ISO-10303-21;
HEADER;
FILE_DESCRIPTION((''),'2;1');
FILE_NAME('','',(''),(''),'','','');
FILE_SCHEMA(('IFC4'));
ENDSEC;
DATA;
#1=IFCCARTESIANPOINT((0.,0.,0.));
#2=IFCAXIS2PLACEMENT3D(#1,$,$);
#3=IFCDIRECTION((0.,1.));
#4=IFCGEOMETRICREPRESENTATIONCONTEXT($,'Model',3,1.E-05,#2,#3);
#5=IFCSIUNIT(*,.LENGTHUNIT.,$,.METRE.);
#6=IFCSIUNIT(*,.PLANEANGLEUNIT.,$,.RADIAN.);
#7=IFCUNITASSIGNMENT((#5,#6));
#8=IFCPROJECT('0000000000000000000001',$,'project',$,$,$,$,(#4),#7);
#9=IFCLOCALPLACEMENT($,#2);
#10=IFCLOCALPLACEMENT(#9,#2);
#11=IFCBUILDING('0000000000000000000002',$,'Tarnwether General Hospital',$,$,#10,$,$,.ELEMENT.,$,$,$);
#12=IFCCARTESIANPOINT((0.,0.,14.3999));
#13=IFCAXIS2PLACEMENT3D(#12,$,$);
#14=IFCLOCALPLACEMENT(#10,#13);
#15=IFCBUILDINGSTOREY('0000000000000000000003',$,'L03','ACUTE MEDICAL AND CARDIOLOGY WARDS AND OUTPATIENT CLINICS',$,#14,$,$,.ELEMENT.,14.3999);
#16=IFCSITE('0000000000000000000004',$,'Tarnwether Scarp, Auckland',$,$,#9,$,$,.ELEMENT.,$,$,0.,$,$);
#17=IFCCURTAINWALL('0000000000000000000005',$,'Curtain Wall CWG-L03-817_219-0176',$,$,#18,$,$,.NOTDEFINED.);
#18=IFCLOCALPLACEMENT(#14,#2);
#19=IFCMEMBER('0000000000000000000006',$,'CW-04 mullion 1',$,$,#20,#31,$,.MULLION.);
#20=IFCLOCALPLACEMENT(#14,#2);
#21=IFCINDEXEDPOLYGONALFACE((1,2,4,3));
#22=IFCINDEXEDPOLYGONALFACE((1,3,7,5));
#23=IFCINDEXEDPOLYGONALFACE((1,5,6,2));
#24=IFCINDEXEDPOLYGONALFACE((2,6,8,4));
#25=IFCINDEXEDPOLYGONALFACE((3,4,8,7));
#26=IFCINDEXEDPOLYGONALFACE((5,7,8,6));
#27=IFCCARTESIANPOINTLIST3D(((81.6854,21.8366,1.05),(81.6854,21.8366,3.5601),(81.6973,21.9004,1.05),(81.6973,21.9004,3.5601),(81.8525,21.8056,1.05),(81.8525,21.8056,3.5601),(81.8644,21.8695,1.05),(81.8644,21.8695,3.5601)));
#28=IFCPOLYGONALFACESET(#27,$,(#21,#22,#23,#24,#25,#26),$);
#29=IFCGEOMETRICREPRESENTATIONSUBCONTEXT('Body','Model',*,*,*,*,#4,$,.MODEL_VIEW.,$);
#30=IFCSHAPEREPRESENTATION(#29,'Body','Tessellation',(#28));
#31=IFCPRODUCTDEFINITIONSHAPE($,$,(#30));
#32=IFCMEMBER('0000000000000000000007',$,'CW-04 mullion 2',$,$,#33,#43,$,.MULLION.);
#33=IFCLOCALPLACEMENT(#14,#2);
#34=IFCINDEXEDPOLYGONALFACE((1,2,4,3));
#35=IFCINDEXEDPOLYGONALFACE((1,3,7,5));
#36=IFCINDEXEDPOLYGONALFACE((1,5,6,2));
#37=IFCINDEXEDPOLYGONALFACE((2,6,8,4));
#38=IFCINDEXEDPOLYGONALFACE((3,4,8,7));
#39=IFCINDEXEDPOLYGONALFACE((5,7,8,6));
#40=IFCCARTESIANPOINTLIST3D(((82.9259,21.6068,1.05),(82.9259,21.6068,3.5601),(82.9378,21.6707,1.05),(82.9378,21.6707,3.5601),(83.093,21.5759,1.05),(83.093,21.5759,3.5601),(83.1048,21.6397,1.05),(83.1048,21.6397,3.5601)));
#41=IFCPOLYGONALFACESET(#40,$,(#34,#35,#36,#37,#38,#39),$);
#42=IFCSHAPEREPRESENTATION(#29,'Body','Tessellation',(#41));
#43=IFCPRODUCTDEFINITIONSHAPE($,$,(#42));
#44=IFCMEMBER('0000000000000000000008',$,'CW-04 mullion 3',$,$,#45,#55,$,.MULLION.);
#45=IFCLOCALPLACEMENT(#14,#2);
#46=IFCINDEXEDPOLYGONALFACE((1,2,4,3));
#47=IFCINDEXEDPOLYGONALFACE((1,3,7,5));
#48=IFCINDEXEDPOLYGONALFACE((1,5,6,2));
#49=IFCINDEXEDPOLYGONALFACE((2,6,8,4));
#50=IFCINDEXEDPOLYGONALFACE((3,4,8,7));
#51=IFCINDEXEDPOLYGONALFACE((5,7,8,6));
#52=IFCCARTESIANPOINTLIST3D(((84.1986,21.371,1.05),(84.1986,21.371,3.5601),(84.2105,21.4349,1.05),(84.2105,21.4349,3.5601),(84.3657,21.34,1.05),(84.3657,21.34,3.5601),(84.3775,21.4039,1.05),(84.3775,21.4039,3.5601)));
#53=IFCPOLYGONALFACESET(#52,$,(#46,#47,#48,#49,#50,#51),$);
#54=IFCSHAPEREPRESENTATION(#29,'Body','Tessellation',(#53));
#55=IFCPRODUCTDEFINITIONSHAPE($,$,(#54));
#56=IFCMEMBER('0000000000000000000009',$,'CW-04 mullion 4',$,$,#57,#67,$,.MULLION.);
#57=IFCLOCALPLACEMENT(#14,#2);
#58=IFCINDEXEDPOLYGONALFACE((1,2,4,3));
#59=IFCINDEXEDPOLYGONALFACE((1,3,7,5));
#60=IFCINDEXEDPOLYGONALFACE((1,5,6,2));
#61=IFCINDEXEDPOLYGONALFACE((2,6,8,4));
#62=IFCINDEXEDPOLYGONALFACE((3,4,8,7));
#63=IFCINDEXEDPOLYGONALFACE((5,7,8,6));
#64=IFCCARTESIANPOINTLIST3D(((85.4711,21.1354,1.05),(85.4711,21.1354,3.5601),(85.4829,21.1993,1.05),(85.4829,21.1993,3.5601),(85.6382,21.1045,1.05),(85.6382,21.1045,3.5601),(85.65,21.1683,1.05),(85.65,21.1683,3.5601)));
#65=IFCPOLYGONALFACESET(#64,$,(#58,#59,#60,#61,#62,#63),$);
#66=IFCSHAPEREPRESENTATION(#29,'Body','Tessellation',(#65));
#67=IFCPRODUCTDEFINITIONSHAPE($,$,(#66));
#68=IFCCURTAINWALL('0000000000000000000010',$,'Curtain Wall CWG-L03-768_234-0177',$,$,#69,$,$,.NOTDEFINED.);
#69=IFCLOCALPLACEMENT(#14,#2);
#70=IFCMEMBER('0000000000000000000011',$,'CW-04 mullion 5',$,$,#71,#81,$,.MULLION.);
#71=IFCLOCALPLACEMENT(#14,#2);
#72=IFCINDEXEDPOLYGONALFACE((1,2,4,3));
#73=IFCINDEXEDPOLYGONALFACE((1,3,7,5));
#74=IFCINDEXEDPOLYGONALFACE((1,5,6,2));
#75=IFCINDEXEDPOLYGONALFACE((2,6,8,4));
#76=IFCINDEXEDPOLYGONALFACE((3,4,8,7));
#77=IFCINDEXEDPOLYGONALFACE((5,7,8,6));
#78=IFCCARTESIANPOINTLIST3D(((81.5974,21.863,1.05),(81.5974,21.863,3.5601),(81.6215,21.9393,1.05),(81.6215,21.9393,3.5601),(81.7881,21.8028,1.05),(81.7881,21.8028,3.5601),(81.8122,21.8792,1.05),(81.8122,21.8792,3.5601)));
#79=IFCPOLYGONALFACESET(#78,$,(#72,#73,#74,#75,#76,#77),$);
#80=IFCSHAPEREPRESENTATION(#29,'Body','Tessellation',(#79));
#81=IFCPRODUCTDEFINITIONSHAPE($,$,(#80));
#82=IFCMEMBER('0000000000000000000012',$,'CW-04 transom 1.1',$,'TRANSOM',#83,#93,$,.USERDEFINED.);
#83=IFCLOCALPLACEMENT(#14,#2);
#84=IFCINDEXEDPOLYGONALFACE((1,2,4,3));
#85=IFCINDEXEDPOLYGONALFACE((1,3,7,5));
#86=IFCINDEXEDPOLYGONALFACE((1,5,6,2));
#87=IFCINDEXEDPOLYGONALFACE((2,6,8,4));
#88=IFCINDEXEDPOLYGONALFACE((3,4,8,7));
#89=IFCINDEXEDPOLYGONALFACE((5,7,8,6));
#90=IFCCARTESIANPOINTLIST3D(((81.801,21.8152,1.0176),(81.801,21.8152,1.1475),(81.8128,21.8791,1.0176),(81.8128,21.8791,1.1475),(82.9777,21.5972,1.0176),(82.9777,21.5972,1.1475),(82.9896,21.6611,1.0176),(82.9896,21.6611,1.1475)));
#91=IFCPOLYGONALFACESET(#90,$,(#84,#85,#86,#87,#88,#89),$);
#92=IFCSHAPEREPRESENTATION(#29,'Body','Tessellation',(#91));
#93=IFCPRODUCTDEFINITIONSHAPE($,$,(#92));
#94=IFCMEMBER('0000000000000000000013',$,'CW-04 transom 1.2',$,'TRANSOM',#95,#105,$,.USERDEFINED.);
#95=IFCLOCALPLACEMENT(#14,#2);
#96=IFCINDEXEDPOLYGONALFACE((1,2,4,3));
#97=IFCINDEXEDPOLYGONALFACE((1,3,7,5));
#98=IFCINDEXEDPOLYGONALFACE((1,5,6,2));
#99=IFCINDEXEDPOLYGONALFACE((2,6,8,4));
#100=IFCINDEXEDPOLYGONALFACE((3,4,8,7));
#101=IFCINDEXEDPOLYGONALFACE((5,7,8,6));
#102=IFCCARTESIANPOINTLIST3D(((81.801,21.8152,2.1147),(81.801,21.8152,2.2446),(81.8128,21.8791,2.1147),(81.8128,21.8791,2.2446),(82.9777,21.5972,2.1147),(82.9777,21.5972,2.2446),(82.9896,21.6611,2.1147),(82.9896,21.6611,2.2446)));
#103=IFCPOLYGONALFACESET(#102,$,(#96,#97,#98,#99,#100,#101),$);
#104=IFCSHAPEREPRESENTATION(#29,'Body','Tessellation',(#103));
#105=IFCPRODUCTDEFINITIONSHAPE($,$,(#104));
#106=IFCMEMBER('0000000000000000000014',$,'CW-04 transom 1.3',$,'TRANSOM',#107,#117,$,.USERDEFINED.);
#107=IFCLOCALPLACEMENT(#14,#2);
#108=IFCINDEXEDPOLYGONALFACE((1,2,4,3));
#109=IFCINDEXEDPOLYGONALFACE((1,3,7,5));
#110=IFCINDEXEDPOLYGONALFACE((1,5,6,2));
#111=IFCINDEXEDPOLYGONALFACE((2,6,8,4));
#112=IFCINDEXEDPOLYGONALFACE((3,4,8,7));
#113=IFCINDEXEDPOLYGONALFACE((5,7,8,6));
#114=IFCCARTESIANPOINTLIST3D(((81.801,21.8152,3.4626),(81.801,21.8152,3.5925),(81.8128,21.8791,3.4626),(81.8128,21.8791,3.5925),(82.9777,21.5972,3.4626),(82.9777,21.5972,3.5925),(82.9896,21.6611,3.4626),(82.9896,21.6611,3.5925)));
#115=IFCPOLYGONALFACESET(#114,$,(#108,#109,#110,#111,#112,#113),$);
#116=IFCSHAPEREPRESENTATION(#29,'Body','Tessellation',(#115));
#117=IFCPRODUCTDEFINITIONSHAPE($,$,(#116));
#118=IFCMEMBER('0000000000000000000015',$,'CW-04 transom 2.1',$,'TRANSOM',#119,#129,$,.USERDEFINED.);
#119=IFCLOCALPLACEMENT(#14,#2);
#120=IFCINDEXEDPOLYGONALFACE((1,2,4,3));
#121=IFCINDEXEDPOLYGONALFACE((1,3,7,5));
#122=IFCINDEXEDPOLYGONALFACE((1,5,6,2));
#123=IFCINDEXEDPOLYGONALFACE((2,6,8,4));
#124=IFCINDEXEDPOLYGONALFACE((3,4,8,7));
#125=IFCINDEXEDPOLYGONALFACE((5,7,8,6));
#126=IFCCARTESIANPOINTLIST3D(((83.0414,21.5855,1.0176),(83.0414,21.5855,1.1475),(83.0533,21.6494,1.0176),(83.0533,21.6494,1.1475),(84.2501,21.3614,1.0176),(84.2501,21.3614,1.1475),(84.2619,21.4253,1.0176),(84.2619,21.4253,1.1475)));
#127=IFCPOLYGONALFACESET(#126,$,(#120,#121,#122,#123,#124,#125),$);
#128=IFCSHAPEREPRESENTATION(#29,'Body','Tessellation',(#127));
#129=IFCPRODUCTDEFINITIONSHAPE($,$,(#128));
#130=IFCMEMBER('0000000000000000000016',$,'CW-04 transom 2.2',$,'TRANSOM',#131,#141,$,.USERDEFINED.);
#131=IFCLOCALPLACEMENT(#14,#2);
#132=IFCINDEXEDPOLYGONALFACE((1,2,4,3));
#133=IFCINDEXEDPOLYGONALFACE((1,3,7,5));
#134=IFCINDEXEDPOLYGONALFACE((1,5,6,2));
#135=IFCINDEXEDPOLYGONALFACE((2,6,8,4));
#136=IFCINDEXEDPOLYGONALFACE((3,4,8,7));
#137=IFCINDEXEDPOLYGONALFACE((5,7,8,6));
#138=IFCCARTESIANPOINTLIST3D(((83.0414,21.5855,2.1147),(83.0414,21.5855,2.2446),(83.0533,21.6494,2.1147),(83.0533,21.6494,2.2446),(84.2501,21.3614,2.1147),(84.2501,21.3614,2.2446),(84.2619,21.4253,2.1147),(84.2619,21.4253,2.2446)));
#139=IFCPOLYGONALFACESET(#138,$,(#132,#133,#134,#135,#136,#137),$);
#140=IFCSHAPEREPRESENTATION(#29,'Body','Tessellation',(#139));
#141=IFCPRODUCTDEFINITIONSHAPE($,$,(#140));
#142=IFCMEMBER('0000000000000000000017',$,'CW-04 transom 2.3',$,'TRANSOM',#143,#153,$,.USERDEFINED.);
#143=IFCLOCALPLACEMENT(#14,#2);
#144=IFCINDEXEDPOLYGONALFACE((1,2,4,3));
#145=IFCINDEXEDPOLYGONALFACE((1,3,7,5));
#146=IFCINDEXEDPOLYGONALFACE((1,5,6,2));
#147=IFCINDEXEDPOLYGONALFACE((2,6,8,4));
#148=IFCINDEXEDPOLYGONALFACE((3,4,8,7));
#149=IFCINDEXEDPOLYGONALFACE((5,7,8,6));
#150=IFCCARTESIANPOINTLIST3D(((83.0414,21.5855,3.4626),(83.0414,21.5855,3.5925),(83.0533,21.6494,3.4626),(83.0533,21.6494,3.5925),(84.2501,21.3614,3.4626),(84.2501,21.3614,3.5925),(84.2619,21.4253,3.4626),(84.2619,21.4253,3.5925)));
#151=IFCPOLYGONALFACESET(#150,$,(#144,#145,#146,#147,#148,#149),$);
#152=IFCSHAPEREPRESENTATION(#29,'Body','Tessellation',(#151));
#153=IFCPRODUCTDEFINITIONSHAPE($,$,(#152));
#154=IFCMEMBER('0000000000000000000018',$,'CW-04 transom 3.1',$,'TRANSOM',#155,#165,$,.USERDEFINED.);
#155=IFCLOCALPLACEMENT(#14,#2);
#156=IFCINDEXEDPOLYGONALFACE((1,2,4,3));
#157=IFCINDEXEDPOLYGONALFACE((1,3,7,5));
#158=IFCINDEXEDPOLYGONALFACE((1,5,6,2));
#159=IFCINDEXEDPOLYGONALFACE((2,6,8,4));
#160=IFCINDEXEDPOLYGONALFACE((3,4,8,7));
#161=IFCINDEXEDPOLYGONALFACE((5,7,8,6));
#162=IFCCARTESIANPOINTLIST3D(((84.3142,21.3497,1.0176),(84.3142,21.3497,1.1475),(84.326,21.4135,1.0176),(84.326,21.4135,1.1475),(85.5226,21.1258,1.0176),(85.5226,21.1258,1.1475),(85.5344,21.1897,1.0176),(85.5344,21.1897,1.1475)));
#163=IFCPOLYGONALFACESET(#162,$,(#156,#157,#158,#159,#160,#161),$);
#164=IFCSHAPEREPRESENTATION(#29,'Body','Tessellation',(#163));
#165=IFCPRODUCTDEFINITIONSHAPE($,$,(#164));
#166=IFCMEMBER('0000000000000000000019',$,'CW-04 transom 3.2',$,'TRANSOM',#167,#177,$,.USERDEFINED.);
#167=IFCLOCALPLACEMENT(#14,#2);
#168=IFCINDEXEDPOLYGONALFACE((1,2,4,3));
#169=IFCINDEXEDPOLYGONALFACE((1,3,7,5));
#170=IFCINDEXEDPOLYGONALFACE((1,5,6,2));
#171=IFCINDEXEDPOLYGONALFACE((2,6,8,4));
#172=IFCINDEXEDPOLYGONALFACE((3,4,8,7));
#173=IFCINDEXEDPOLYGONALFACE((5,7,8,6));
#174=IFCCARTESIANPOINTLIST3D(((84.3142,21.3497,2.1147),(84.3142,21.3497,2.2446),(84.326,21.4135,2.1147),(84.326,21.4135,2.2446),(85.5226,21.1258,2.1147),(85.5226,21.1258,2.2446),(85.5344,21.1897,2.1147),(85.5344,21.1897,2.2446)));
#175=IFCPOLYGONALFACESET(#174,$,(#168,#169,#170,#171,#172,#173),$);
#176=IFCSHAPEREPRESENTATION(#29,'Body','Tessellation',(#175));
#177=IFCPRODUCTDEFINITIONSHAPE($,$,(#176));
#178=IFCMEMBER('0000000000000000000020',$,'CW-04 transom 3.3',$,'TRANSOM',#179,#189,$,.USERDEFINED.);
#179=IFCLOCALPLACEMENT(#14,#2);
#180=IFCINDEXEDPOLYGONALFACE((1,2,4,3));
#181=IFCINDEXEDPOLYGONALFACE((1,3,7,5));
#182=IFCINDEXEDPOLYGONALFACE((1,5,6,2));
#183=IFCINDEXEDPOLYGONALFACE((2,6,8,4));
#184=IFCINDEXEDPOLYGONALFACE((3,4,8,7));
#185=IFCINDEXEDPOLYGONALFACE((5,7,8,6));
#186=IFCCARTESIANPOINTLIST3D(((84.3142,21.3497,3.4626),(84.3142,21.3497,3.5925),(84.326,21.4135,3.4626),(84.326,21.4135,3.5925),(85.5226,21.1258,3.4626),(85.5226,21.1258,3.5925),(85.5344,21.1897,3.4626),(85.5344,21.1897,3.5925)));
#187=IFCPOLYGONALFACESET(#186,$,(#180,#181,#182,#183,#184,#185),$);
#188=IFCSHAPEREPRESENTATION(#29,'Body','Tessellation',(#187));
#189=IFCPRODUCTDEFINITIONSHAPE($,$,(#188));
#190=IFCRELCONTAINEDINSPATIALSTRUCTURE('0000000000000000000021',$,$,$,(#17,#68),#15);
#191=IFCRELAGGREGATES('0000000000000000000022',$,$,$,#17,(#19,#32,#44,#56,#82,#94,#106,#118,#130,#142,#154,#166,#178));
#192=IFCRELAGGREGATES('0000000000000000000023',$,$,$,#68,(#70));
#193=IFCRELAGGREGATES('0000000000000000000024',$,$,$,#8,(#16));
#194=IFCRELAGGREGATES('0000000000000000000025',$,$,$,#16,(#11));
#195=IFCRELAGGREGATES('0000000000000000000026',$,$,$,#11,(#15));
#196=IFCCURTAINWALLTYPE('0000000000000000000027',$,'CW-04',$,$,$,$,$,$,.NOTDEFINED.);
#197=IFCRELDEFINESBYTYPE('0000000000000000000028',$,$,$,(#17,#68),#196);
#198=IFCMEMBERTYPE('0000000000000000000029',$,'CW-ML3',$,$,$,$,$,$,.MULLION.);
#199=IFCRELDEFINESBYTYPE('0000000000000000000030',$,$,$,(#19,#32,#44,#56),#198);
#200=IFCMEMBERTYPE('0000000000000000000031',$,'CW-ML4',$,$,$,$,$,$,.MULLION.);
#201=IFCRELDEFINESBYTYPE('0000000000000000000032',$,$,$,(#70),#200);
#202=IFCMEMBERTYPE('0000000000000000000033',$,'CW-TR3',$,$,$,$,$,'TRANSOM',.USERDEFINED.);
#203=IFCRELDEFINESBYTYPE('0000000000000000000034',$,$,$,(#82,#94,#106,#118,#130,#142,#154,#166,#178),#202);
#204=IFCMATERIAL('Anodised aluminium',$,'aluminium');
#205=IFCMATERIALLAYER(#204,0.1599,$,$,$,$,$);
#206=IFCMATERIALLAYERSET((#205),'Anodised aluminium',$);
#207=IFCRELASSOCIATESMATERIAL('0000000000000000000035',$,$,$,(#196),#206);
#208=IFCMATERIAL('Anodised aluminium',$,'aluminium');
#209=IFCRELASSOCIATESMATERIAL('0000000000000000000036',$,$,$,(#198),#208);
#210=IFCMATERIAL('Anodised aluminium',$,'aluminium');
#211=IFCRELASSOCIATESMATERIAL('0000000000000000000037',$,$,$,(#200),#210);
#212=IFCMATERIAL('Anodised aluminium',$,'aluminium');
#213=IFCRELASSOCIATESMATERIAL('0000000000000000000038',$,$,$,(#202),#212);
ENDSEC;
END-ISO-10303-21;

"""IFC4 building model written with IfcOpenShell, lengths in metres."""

from ifc_helpers import new_model, si_unit, direction, frame, origin, origin_2d, place, context, subcontext, project, spatial, rectangle, extrude, material, layer, layer_set, material_profile, profile_set, type_object, element, aggregate, save


model = new_model("IFC4")

# Units and contexts
model_context = context("Model", 3, precision=1e-05, world=origin(), true_north=direction((0.0, 1.0)))
body_context = subcontext(model_context, "Body", "Model", "MODEL_VIEW")
ifc_project = project(units=[si_unit("LENGTHUNIT", "METRE"), si_unit("PLANEANGLEUNIT", "RADIAN")], contexts=[model_context])

# Site, building, storey
site_placement = place(None, origin())
site = spatial("IfcSite", under=ifc_project, at=site_placement, Name="Tarnwether Scarp, Auckland", CompositionType="ELEMENT", RefElevation=0.0)
building_placement = place(site_placement, origin())
building = spatial("IfcBuilding", under=site, at=building_placement, Name="Tarnwether General Hospital", CompositionType="ELEMENT")
storey_placement = place(building_placement, frame((0.0, 0.0, 14.3999)))
storey = spatial("IfcBuildingStorey", under=building, at=storey_placement, Name="L03", Description="ACUTE MEDICAL AND CARDIOLOGY WARDS AND OUTPATIENT CLINICS", CompositionType="ELEMENT", Elevation=14.3999)

# Curtain wall, members
ifc_material_1 = material(Name="Anodised aluminium", Category="aluminium")
ifc_layer_1 = layer(ifc_material_1, 0.1599)
ifc_layer_set_1 = layer_set([ifc_layer_1], Name="Anodised aluminium")
curtain_wall_type = type_object("IfcCurtainWallType", Name="CW-04", PredefinedType="NOTDEFINED", material=ifc_layer_set_1)
curtain_wall_1_placement = place(storey_placement, origin())
curtain_wall_1 = element("IfcCurtainWall", 1, at=curtain_wall_1_placement, inside=storey, type_object=curtain_wall_type, Name="Curtain Wall CWG-L03-817_219-0176", PredefinedType="NOTDEFINED")
ifc_material_2 = material(Name="Anodised aluminium", Category="aluminium")
ifc_material_profile_1 = material_profile(ifc_material_2, rectangle(XDim=0.0649, YDim=0.1699, at=origin_2d()), Name="ALU-MUL-65x170")
ifc_profile_set_1 = profile_set([ifc_material_profile_1], Name="Anodised aluminium")
member_type_1 = type_object("IfcMemberType", Name="CW-ML3", PredefinedType="MULLION", material=ifc_profile_set_1)
member_1_placement = place(storey_placement, frame((81.7749, 21.853, 1.05), z_axis=(0.0, 0.0, 1.0), x_axis=(0.182165, 0.983268, 0.0)))
member_1 = element("IfcMember", 2, at=member_1_placement, type_object=member_type_1, Name="CW-04 mullion 1", PredefinedType="MULLION", context=body_context, shape_type="SweptSolid", body=[
    extrude(rectangle(XDim=0.0649, YDim=0.1699, at=origin_2d()), origin(), (0.0, 0.0, 1.0), 2.51),
])
member_2_placement = place(storey_placement, frame((83.0154, 21.6233, 1.05), z_axis=(0.0, 0.0, 1.0), x_axis=(0.182165, 0.983268, 0.0)))
member_2 = element("IfcMember", 3, at=member_2_placement, type_object=member_type_1, Name="CW-04 mullion 2", PredefinedType="MULLION", context=body_context, shape_type="SweptSolid", body=[
    extrude(rectangle(XDim=0.0649, YDim=0.1699, at=origin_2d()), origin(), (0.0, 0.0, 1.0), 2.51),
])
member_3_placement = place(storey_placement, frame((84.2881, 21.3875, 1.05), z_axis=(0.0, 0.0, 1.0), x_axis=(0.182165, 0.983268, 0.0)))
member_3 = element("IfcMember", 4, at=member_3_placement, type_object=member_type_1, Name="CW-04 mullion 3", PredefinedType="MULLION", context=body_context, shape_type="SweptSolid", body=[
    extrude(rectangle(XDim=0.0649, YDim=0.1699, at=origin_2d()), origin(), (0.0, 0.0, 1.0), 2.51),
])
member_4_placement = place(storey_placement, frame((85.5605, 21.1519, 1.05), z_axis=(0.0, 0.0, 1.0), x_axis=(0.182165, 0.983268, 0.0)))
member_4 = element("IfcMember", 5, at=member_4_placement, type_object=member_type_1, Name="CW-04 mullion 4", PredefinedType="MULLION", context=body_context, shape_type="SweptSolid", body=[
    extrude(rectangle(XDim=0.0649, YDim=0.1699, at=origin_2d()), origin(), (0.0, 0.0, 1.0), 2.51),
])

# Curtain wall, member
curtain_wall_2_placement = place(storey_placement, origin())
curtain_wall_2 = element("IfcCurtainWall", 6, at=curtain_wall_2_placement, inside=storey, type_object=curtain_wall_type, Name="Curtain Wall CWG-L03-768_234-0177", PredefinedType="NOTDEFINED")
ifc_material_3 = material(Name="Anodised aluminium", Category="aluminium")
ifc_material_profile_2 = material_profile(ifc_material_3, rectangle(XDim=0.0801, YDim=0.2, at=origin_2d()), Name="ALU-MUL-80x200")
ifc_profile_set_2 = profile_set([ifc_material_profile_2], Name="Anodised aluminium")
member_type_2 = type_object("IfcMemberType", Name="CW-ML4", PredefinedType="MULLION", material=ifc_profile_set_2)
member_5_placement = place(storey_placement, frame((81.7048, 21.8711, 1.05), z_axis=(0.0, 0.0, 1.0), x_axis=(0.300715, 0.953714, 0.0)))
member_5 = element("IfcMember", 7, at=member_5_placement, type_object=member_type_2, Name="CW-04 mullion 5", PredefinedType="MULLION", context=body_context, shape_type="SweptSolid", body=[
    extrude(rectangle(XDim=0.0801, YDim=0.2, at=origin_2d()), origin(), (0.0, 0.0, 1.0), 2.51),
])

# Members
ifc_material_4 = material(Name="Anodised aluminium", Category="aluminium")
ifc_material_profile_3 = material_profile(ifc_material_4, rectangle(XDim=0.0649, YDim=0.1299, at=origin_2d()), Name="ALU-TRN-65x130")
ifc_profile_set_3 = profile_set([ifc_material_profile_3], Name="Anodised aluminium")
member_type_3 = type_object("IfcMemberType", Name="CW-TR3", ElementType="TRANSOM", PredefinedType="USERDEFINED", material=ifc_profile_set_3)
member_6_placement = place(storey_placement, frame((81.8069, 21.8472, 1.0825), z_axis=(0.983267, -0.18217, 0.0), x_axis=(0.18217, 0.983267, 0.0)))
member_6 = element("IfcMember", 8, at=member_6_placement, type_object=member_type_3, Name="CW-04 transom 1.1", ObjectType="TRANSOM", PredefinedType="USERDEFINED", context=body_context, shape_type="SweptSolid", body=[
    extrude(rectangle(XDim=0.0649, YDim=0.1299, at=origin_2d()), origin(), (0.0, 0.0, 1.0), 1.1968),
])
member_7_placement = place(storey_placement, frame((81.8069, 21.8472, 2.1797), z_axis=(0.983267, -0.18217, 0.0), x_axis=(0.18217, 0.983267, 0.0)))
member_7 = element("IfcMember", 9, at=member_7_placement, type_object=member_type_3, Name="CW-04 transom 1.2", ObjectType="TRANSOM", PredefinedType="USERDEFINED", context=body_context, shape_type="SweptSolid", body=[
    extrude(rectangle(XDim=0.0649, YDim=0.1299, at=origin_2d()), origin(), (0.0, 0.0, 1.0), 1.1968),
])
member_8_placement = place(storey_placement, frame((81.8069, 21.8472, 3.5276), z_axis=(0.983267, -0.18217, 0.0), x_axis=(0.18217, 0.983267, 0.0)))
member_8 = element("IfcMember", 10, at=member_8_placement, type_object=member_type_3, Name="CW-04 transom 1.3", ObjectType="TRANSOM", PredefinedType="USERDEFINED", context=body_context, shape_type="SweptSolid", body=[
    extrude(rectangle(XDim=0.0649, YDim=0.1299, at=origin_2d()), origin(), (0.0, 0.0, 1.0), 1.1968),
])
member_9_placement = place(storey_placement, frame((83.0474, 21.6174, 1.0825), z_axis=(0.983241, -0.18231, 0.0), x_axis=(0.18231, 0.983241, 0.0)))
member_9 = element("IfcMember", 11, at=member_9_placement, type_object=member_type_3, Name="CW-04 transom 2.1", ObjectType="TRANSOM", PredefinedType="USERDEFINED", context=body_context, shape_type="SweptSolid", body=[
    extrude(rectangle(XDim=0.0649, YDim=0.1299, at=origin_2d()), origin(), (0.0, 0.0, 1.0), 1.2292),
])
member_10_placement = place(storey_placement, frame((83.0474, 21.6174, 2.1797), z_axis=(0.983241, -0.18231, 0.0), x_axis=(0.18231, 0.983241, 0.0)))
member_10 = element("IfcMember", 12, at=member_10_placement, type_object=member_type_3, Name="CW-04 transom 2.2", ObjectType="TRANSOM", PredefinedType="USERDEFINED", context=body_context, shape_type="SweptSolid", body=[
    extrude(rectangle(XDim=0.0649, YDim=0.1299, at=origin_2d()), origin(), (0.0, 0.0, 1.0), 1.2292),
])
member_11_placement = place(storey_placement, frame((83.0474, 21.6174, 3.5276), z_axis=(0.983241, -0.18231, 0.0), x_axis=(0.18231, 0.983241, 0.0)))
member_11 = element("IfcMember", 13, at=member_11_placement, type_object=member_type_3, Name="CW-04 transom 2.3", ObjectType="TRANSOM", PredefinedType="USERDEFINED", context=body_context, shape_type="SweptSolid", body=[
    extrude(rectangle(XDim=0.0649, YDim=0.1299, at=origin_2d()), origin(), (0.0, 0.0, 1.0), 1.2292),
])
member_12_placement = place(storey_placement, frame((84.3201, 21.3816, 1.0825), z_axis=(0.98327, -0.182153, 0.0), x_axis=(0.182153, 0.98327, 0.0)))
member_12 = element("IfcMember", 14, at=member_12_placement, type_object=member_type_3, Name="CW-04 transom 3.1", ObjectType="TRANSOM", PredefinedType="USERDEFINED", context=body_context, shape_type="SweptSolid", body=[
    extrude(rectangle(XDim=0.0649, YDim=0.1299, at=origin_2d()), origin(), (0.0, 0.0, 1.0), 1.229),
])
member_13_placement = place(storey_placement, frame((84.3201, 21.3816, 2.1797), z_axis=(0.98327, -0.182153, 0.0), x_axis=(0.182153, 0.98327, 0.0)))
member_13 = element("IfcMember", 15, at=member_13_placement, type_object=member_type_3, Name="CW-04 transom 3.2", ObjectType="TRANSOM", PredefinedType="USERDEFINED", context=body_context, shape_type="SweptSolid", body=[
    extrude(rectangle(XDim=0.0649, YDim=0.1299, at=origin_2d()), origin(), (0.0, 0.0, 1.0), 1.229),
])
member_14_placement = place(storey_placement, frame((84.3201, 21.3816, 3.5276), z_axis=(0.98327, -0.182153, 0.0), x_axis=(0.182153, 0.98327, 0.0)))
member_14 = element("IfcMember", 16, at=member_14_placement, type_object=member_type_3, Name="CW-04 transom 3.3", ObjectType="TRANSOM", PredefinedType="USERDEFINED", context=body_context, shape_type="SweptSolid", body=[
    extrude(rectangle(XDim=0.0649, YDim=0.1299, at=origin_2d()), origin(), (0.0, 0.0, 1.0), 1.229),
])

aggregate(curtain_wall_1, [member_1, member_2, member_3, member_4, member_6, member_7, member_8, member_9, member_10, member_11, member_12, member_13, member_14])
aggregate(curtain_wall_2, [member_5])

save(model, "model.ifc")
